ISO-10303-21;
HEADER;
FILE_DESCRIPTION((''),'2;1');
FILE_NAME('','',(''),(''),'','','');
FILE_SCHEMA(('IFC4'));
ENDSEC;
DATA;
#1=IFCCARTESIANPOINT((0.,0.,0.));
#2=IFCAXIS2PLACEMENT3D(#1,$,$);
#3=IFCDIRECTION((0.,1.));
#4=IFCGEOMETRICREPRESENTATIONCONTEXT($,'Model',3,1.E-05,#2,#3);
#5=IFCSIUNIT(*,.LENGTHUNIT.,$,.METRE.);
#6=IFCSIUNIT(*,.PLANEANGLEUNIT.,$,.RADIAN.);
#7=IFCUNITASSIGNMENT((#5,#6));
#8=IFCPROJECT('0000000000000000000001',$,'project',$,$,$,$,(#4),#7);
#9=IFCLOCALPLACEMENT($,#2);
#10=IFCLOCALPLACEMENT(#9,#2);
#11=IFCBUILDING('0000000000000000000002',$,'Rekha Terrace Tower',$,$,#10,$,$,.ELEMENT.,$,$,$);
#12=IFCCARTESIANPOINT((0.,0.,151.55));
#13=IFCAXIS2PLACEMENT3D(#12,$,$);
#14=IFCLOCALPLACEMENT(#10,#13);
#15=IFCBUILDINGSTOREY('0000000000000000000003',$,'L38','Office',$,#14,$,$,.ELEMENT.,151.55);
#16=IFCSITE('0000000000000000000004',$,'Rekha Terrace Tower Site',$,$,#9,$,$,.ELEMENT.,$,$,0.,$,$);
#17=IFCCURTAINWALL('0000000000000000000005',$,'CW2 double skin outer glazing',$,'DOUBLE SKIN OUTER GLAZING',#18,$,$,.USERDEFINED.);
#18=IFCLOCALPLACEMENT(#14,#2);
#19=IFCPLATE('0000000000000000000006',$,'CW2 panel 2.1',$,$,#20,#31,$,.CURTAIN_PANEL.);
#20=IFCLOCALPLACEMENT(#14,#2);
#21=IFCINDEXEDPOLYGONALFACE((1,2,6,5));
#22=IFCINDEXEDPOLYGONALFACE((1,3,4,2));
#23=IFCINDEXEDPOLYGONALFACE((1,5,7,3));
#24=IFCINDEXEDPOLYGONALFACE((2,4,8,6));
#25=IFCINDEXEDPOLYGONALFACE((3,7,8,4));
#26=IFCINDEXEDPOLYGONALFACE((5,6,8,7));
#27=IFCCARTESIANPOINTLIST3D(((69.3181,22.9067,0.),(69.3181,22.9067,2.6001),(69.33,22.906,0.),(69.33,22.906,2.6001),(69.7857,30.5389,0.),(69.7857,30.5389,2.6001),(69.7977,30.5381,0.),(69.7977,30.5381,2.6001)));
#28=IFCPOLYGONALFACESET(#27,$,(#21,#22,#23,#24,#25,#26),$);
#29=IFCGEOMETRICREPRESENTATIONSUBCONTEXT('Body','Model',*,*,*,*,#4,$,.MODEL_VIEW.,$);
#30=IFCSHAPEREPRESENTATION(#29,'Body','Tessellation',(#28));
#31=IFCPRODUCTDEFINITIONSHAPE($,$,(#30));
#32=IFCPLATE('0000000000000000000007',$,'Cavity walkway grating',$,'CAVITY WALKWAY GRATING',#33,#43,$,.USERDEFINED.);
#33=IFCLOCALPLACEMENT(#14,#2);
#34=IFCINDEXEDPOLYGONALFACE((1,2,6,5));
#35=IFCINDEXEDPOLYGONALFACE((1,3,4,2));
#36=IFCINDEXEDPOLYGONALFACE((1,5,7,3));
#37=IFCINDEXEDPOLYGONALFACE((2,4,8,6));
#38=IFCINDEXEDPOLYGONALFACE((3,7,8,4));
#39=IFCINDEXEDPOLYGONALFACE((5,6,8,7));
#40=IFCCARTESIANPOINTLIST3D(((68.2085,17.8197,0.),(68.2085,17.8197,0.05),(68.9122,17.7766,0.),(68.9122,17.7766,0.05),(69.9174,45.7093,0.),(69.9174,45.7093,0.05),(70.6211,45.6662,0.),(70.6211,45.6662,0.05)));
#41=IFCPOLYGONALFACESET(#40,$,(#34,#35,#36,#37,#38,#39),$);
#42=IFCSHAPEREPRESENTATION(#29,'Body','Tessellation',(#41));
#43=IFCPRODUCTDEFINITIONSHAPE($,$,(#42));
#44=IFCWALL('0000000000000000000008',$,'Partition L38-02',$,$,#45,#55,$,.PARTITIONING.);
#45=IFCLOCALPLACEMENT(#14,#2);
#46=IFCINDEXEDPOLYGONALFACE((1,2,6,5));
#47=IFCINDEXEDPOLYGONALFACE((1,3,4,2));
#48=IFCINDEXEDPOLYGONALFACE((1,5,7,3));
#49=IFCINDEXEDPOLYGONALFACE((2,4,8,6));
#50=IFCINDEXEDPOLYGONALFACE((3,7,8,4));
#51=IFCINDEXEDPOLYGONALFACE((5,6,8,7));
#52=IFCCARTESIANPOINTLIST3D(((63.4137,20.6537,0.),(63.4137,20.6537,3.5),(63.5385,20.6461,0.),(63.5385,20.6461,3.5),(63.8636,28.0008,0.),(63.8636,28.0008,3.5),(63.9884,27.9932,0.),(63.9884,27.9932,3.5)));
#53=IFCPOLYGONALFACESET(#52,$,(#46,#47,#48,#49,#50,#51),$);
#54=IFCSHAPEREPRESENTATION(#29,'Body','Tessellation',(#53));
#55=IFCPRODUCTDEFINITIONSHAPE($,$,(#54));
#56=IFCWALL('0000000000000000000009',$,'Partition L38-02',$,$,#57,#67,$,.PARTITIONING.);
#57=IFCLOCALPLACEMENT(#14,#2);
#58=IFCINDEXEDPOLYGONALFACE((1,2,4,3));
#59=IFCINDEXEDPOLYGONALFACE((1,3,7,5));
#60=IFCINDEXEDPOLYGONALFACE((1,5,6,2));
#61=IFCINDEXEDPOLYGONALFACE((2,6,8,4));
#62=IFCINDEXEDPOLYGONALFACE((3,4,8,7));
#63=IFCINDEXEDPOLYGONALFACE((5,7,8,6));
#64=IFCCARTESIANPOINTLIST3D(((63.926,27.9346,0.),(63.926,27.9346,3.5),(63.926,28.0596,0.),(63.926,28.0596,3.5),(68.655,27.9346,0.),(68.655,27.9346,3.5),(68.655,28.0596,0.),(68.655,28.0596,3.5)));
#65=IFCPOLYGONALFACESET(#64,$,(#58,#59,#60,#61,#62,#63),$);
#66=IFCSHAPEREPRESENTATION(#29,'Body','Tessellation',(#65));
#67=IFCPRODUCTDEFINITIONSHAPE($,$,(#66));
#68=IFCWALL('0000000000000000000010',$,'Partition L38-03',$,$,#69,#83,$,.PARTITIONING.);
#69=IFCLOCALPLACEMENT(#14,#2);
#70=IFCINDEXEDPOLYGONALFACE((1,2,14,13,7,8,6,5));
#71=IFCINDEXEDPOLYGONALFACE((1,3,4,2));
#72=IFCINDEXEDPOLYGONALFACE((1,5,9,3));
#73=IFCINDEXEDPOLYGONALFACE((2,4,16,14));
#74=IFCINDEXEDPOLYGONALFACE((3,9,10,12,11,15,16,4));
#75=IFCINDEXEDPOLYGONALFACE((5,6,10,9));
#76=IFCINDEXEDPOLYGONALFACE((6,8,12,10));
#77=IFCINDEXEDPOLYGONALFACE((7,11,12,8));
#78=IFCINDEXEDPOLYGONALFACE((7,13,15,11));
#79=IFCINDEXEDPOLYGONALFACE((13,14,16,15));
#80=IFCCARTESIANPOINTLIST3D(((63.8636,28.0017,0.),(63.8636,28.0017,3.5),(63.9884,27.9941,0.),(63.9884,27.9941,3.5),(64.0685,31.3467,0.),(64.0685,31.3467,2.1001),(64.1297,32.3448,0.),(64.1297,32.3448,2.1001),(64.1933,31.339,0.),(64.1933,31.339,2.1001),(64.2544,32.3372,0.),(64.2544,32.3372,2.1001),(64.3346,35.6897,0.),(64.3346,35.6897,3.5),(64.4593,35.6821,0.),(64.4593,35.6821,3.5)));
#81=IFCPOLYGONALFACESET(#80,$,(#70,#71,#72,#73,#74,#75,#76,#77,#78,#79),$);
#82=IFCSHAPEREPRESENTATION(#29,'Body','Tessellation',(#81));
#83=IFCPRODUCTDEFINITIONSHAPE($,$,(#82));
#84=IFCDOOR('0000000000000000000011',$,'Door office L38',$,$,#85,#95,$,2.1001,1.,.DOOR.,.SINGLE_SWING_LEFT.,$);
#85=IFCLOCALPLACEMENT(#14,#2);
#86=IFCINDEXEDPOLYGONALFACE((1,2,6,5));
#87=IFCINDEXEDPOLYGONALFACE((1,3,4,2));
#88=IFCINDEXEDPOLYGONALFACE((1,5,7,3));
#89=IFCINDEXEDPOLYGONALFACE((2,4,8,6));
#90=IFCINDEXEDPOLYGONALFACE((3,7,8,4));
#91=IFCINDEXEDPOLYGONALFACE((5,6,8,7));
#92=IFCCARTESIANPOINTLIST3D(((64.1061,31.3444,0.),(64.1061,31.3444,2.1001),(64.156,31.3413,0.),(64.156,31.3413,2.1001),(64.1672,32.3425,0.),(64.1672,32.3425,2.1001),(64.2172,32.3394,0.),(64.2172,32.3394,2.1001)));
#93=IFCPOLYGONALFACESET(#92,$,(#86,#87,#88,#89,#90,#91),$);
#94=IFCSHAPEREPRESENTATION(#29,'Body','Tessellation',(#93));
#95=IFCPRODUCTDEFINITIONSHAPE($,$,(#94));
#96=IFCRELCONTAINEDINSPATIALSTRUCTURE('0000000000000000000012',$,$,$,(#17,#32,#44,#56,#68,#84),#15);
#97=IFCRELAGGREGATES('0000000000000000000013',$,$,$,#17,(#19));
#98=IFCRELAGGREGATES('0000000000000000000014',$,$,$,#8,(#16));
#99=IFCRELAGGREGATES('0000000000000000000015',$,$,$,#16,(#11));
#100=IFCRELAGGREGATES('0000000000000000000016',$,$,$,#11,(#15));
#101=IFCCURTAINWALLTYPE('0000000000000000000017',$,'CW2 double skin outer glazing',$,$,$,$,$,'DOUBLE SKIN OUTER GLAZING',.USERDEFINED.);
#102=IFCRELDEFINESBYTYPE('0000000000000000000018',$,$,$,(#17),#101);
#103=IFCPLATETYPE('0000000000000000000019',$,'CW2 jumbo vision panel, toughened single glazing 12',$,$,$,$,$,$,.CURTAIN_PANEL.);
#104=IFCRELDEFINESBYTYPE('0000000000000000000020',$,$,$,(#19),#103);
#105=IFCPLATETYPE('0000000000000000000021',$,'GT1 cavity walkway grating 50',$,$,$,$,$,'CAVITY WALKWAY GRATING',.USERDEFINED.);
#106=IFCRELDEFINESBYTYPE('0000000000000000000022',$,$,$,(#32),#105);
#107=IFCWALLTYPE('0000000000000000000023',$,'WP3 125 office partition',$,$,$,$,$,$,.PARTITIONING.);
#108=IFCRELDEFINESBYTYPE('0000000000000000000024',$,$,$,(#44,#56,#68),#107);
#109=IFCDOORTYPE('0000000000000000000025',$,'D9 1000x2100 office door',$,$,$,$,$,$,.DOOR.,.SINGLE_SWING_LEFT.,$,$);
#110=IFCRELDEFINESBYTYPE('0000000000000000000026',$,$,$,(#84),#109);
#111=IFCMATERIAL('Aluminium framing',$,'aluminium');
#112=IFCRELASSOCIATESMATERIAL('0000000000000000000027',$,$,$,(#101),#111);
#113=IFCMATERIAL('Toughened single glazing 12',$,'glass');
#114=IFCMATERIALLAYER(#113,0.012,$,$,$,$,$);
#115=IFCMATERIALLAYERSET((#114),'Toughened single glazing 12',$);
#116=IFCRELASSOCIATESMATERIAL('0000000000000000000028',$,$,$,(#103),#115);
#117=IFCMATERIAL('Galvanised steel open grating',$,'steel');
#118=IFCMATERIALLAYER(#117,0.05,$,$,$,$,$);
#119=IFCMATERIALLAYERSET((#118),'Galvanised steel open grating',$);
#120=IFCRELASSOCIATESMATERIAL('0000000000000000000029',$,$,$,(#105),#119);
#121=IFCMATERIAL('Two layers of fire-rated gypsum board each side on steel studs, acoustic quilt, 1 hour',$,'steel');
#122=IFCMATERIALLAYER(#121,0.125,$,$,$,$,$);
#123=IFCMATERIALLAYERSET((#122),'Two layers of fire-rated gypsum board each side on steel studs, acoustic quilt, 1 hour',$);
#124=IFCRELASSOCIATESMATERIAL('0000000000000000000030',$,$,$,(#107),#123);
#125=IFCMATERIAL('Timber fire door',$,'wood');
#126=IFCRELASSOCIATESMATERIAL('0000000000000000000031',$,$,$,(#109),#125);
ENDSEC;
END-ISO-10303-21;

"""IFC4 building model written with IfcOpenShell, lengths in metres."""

from ifc_helpers import new_model, si_unit, direction, frame, frame_2d, origin, origin_2d, place, context, subcontext, project, spatial, rectangle, extrude, material, layer, layer_set, type_object, element, fill, aggregate, save


model = new_model("IFC4")

# Units and contexts
model_context = context("Model", 3, precision=1e-05, world=origin(), true_north=direction((0.0, 1.0)))
body_context = subcontext(model_context, "Body", "Model", "MODEL_VIEW")
ifc_project = project(units=[si_unit("LENGTHUNIT", "METRE"), si_unit("PLANEANGLEUNIT", "RADIAN")], contexts=[model_context])

# Site, building, storey
site_placement = place(None, origin())
site = spatial("IfcSite", under=ifc_project, at=site_placement, Name="Rekha Terrace Tower Site", CompositionType="ELEMENT", RefElevation=0.0)
building_placement = place(site_placement, origin())
building = spatial("IfcBuilding", under=site, at=building_placement, Name="Rekha Terrace Tower", CompositionType="ELEMENT")
storey_placement = place(building_placement, frame((0.0, 0.0, 151.55)))
storey = spatial("IfcBuildingStorey", under=building, at=storey_placement, Name="L38", Description="Office", CompositionType="ELEMENT", Elevation=151.55)

# Shared definitions
ifc_material_1 = material(Name="Aluminium framing", Category="aluminium")
curtain_wall_type_1 = type_object("IfcCurtainWallType", Name="CW2 double skin outer glazing", ElementType="DOUBLE SKIN OUTER GLAZING", PredefinedType="USERDEFINED", material=ifc_material_1)

# Curtain wall
curtain_wall_1_placement = place(storey_placement, origin())
curtain_wall_1 = element("IfcCurtainWall", 1, at=curtain_wall_1_placement, inside=storey, type_object=curtain_wall_type_1, Name="CW2 double skin outer glazing", ObjectType="DOUBLE SKIN OUTER GLAZING", PredefinedType="USERDEFINED")

# Plates
ifc_material_2 = material(Name="Toughened single glazing 12", Category="glass")
ifc_layer_1 = layer(ifc_material_2, 0.012)
ifc_layer_set_1 = layer_set([ifc_layer_1], Name="Toughened single glazing 12")
plate_type_1 = type_object("IfcPlateType", Name="CW2 jumbo vision panel, toughened single glazing 12", PredefinedType="CURTAIN_PANEL", material=ifc_layer_set_1)
plate_1_placement = place(storey_placement, frame((69.5579, 26.7224, 0.0), z_axis=(0.0, 0.0, 1.0), x_axis=(0.06116, 0.998128, 0.0)))
plate_1 = element("IfcPlate", 2, at=plate_1_placement, type_object=plate_type_1, Name="CW2 panel 2.1", PredefinedType="CURTAIN_PANEL", context=body_context, shape_type="SweptSolid", body=[
    extrude(rectangle(XDim=7.6465, YDim=0.012, at=origin_2d()), origin(), (0.0, 0.0, 1.0), 2.6001),
])
aggregate(curtain_wall_1, [plate_1])
ifc_material_3 = material(Name="Galvanised steel open grating", Category="steel")
ifc_layer_2 = layer(ifc_material_3, 0.05)
ifc_layer_set_2 = layer_set([ifc_layer_2], Name="Galvanised steel open grating")
plate_type_2 = type_object("IfcPlateType", Name="GT1 cavity walkway grating 50", ElementType="CAVITY WALKWAY GRATING", PredefinedType="USERDEFINED", material=ifc_layer_set_2)
plate_2_placement = place(storey_placement, frame((69.4148, 31.7429, 0.0), z_axis=(0.0, 0.0, 1.0), x_axis=(0.06116, 0.998128, 0.0)))
element("IfcPlate", 3, at=plate_2_placement, inside=storey, type_object=plate_type_2, Name="Cavity walkway grating", ObjectType="CAVITY WALKWAY GRATING", PredefinedType="USERDEFINED", context=body_context, shape_type="SweptSolid", body=[
    extrude(rectangle(XDim=27.9419, YDim=0.7051, at=origin_2d()), origin(), (0.0, 0.0, 1.0), 0.05),
])

# Walls
ifc_material_4 = material(Name="Two layers of fire-rated gypsum board each side on steel studs, acoustic quilt, 1 hour", Category="steel")
ifc_layer_3 = layer(ifc_material_4, 0.125)
ifc_layer_set_3 = layer_set([ifc_layer_3], Name="Two layers of fire-rated gypsum board each side on steel studs, acoustic quilt, 1 hour")
wall_type = type_object("IfcWallType", Name="WP3 125 office partition", PredefinedType="PARTITIONING", material=ifc_layer_set_3)
wall_1_placement = place(storey_placement, frame((63.4761, 20.6499, 0.0), z_axis=(0.0, 0.0, 1.0), x_axis=(0.061127, 0.99813, 0.0)))
element("IfcWall", 4, at=wall_1_placement, inside=storey, type_object=wall_type, Name="Partition L38-02", PredefinedType="PARTITIONING", context=body_context, shape_type="SweptSolid", body=[
    extrude(rectangle(XDim=7.3608, YDim=0.125, at=frame_2d((3.6804, 0.0))), origin(), (0.0, 0.0, 1.0), 3.5),
])
wall_2_placement = place(storey_placement, frame((63.926, 27.9971, 0.0), z_axis=(0.0, 0.0, 1.0), x_axis=(1.0, 0.0, 0.0)))
element("IfcWall", 5, at=wall_2_placement, inside=storey, type_object=wall_type, Name="Partition L38-02", PredefinedType="PARTITIONING", context=body_context, shape_type="SweptSolid", body=[
    extrude(rectangle(XDim=4.729, YDim=0.125, at=frame_2d((2.3645, 0.0))), origin(), (0.0, 0.0, 1.0), 3.5),
])

# Wall, opening, door
wall_3_placement = place(storey_placement, frame((63.926, 27.998, 0.0), z_axis=(0.0, 0.0, 1.0), x_axis=(0.061143, 0.998129, 0.0)))
wall_3 = element("IfcWall", 6, at=wall_3_placement, inside=storey, type_object=wall_type, Name="Partition L38-03", PredefinedType="PARTITIONING", context=body_context, shape_type="SweptSolid", body=[
    extrude(rectangle(XDim=7.7024, YDim=0.125, at=frame_2d((3.8511, 0.0))), origin(), (0.0, 0.0, 1.0), 3.5),
])
opening_placement = place(wall_3_placement, frame((3.3511, 0.0, 0.0)))
opening = element("IfcOpeningElement", 7, at=opening_placement, cuts=wall_3, PredefinedType="OPENING", context=body_context, shape_type="SweptSolid", body=[
    extrude(rectangle(XDim=1.0, YDim=2.1001, at=frame_2d((0.5, 1.05))), frame((0.0, 0.0725, 0.0), z_axis=(0.0, -1.0, 0.0), x_axis=(1.0, 0.0, 0.0)), (0.0, 0.0, 1.0), 0.145),
])
ifc_material_5 = material(Name="Timber fire door", Category="wood")
door_type = type_object("IfcDoorType", Name="D9 1000x2100 office door", OperationType="SINGLE_SWING_LEFT", PredefinedType="DOOR", material=ifc_material_5)
door_placement = place(opening_placement, origin())
door = element("IfcDoor", 8, at=door_placement, inside=storey, type_object=door_type, Name="Door office L38", OperationType="SINGLE_SWING_LEFT", OverallHeight=2.1001, OverallWidth=1.0, PredefinedType="DOOR", context=body_context, shape_type="SweptSolid", body=[
    extrude(rectangle(XDim=1.0, YDim=2.1001, at=frame_2d((0.5, 1.05))), frame((0.0, 0.0249, 0.0), z_axis=(0.0, -1.0, 0.0), x_axis=(1.0, 0.0, 0.0)), (0.0, 0.0, 1.0), 0.05),
])
fill(opening, door)

save(model, "model.ifc")
